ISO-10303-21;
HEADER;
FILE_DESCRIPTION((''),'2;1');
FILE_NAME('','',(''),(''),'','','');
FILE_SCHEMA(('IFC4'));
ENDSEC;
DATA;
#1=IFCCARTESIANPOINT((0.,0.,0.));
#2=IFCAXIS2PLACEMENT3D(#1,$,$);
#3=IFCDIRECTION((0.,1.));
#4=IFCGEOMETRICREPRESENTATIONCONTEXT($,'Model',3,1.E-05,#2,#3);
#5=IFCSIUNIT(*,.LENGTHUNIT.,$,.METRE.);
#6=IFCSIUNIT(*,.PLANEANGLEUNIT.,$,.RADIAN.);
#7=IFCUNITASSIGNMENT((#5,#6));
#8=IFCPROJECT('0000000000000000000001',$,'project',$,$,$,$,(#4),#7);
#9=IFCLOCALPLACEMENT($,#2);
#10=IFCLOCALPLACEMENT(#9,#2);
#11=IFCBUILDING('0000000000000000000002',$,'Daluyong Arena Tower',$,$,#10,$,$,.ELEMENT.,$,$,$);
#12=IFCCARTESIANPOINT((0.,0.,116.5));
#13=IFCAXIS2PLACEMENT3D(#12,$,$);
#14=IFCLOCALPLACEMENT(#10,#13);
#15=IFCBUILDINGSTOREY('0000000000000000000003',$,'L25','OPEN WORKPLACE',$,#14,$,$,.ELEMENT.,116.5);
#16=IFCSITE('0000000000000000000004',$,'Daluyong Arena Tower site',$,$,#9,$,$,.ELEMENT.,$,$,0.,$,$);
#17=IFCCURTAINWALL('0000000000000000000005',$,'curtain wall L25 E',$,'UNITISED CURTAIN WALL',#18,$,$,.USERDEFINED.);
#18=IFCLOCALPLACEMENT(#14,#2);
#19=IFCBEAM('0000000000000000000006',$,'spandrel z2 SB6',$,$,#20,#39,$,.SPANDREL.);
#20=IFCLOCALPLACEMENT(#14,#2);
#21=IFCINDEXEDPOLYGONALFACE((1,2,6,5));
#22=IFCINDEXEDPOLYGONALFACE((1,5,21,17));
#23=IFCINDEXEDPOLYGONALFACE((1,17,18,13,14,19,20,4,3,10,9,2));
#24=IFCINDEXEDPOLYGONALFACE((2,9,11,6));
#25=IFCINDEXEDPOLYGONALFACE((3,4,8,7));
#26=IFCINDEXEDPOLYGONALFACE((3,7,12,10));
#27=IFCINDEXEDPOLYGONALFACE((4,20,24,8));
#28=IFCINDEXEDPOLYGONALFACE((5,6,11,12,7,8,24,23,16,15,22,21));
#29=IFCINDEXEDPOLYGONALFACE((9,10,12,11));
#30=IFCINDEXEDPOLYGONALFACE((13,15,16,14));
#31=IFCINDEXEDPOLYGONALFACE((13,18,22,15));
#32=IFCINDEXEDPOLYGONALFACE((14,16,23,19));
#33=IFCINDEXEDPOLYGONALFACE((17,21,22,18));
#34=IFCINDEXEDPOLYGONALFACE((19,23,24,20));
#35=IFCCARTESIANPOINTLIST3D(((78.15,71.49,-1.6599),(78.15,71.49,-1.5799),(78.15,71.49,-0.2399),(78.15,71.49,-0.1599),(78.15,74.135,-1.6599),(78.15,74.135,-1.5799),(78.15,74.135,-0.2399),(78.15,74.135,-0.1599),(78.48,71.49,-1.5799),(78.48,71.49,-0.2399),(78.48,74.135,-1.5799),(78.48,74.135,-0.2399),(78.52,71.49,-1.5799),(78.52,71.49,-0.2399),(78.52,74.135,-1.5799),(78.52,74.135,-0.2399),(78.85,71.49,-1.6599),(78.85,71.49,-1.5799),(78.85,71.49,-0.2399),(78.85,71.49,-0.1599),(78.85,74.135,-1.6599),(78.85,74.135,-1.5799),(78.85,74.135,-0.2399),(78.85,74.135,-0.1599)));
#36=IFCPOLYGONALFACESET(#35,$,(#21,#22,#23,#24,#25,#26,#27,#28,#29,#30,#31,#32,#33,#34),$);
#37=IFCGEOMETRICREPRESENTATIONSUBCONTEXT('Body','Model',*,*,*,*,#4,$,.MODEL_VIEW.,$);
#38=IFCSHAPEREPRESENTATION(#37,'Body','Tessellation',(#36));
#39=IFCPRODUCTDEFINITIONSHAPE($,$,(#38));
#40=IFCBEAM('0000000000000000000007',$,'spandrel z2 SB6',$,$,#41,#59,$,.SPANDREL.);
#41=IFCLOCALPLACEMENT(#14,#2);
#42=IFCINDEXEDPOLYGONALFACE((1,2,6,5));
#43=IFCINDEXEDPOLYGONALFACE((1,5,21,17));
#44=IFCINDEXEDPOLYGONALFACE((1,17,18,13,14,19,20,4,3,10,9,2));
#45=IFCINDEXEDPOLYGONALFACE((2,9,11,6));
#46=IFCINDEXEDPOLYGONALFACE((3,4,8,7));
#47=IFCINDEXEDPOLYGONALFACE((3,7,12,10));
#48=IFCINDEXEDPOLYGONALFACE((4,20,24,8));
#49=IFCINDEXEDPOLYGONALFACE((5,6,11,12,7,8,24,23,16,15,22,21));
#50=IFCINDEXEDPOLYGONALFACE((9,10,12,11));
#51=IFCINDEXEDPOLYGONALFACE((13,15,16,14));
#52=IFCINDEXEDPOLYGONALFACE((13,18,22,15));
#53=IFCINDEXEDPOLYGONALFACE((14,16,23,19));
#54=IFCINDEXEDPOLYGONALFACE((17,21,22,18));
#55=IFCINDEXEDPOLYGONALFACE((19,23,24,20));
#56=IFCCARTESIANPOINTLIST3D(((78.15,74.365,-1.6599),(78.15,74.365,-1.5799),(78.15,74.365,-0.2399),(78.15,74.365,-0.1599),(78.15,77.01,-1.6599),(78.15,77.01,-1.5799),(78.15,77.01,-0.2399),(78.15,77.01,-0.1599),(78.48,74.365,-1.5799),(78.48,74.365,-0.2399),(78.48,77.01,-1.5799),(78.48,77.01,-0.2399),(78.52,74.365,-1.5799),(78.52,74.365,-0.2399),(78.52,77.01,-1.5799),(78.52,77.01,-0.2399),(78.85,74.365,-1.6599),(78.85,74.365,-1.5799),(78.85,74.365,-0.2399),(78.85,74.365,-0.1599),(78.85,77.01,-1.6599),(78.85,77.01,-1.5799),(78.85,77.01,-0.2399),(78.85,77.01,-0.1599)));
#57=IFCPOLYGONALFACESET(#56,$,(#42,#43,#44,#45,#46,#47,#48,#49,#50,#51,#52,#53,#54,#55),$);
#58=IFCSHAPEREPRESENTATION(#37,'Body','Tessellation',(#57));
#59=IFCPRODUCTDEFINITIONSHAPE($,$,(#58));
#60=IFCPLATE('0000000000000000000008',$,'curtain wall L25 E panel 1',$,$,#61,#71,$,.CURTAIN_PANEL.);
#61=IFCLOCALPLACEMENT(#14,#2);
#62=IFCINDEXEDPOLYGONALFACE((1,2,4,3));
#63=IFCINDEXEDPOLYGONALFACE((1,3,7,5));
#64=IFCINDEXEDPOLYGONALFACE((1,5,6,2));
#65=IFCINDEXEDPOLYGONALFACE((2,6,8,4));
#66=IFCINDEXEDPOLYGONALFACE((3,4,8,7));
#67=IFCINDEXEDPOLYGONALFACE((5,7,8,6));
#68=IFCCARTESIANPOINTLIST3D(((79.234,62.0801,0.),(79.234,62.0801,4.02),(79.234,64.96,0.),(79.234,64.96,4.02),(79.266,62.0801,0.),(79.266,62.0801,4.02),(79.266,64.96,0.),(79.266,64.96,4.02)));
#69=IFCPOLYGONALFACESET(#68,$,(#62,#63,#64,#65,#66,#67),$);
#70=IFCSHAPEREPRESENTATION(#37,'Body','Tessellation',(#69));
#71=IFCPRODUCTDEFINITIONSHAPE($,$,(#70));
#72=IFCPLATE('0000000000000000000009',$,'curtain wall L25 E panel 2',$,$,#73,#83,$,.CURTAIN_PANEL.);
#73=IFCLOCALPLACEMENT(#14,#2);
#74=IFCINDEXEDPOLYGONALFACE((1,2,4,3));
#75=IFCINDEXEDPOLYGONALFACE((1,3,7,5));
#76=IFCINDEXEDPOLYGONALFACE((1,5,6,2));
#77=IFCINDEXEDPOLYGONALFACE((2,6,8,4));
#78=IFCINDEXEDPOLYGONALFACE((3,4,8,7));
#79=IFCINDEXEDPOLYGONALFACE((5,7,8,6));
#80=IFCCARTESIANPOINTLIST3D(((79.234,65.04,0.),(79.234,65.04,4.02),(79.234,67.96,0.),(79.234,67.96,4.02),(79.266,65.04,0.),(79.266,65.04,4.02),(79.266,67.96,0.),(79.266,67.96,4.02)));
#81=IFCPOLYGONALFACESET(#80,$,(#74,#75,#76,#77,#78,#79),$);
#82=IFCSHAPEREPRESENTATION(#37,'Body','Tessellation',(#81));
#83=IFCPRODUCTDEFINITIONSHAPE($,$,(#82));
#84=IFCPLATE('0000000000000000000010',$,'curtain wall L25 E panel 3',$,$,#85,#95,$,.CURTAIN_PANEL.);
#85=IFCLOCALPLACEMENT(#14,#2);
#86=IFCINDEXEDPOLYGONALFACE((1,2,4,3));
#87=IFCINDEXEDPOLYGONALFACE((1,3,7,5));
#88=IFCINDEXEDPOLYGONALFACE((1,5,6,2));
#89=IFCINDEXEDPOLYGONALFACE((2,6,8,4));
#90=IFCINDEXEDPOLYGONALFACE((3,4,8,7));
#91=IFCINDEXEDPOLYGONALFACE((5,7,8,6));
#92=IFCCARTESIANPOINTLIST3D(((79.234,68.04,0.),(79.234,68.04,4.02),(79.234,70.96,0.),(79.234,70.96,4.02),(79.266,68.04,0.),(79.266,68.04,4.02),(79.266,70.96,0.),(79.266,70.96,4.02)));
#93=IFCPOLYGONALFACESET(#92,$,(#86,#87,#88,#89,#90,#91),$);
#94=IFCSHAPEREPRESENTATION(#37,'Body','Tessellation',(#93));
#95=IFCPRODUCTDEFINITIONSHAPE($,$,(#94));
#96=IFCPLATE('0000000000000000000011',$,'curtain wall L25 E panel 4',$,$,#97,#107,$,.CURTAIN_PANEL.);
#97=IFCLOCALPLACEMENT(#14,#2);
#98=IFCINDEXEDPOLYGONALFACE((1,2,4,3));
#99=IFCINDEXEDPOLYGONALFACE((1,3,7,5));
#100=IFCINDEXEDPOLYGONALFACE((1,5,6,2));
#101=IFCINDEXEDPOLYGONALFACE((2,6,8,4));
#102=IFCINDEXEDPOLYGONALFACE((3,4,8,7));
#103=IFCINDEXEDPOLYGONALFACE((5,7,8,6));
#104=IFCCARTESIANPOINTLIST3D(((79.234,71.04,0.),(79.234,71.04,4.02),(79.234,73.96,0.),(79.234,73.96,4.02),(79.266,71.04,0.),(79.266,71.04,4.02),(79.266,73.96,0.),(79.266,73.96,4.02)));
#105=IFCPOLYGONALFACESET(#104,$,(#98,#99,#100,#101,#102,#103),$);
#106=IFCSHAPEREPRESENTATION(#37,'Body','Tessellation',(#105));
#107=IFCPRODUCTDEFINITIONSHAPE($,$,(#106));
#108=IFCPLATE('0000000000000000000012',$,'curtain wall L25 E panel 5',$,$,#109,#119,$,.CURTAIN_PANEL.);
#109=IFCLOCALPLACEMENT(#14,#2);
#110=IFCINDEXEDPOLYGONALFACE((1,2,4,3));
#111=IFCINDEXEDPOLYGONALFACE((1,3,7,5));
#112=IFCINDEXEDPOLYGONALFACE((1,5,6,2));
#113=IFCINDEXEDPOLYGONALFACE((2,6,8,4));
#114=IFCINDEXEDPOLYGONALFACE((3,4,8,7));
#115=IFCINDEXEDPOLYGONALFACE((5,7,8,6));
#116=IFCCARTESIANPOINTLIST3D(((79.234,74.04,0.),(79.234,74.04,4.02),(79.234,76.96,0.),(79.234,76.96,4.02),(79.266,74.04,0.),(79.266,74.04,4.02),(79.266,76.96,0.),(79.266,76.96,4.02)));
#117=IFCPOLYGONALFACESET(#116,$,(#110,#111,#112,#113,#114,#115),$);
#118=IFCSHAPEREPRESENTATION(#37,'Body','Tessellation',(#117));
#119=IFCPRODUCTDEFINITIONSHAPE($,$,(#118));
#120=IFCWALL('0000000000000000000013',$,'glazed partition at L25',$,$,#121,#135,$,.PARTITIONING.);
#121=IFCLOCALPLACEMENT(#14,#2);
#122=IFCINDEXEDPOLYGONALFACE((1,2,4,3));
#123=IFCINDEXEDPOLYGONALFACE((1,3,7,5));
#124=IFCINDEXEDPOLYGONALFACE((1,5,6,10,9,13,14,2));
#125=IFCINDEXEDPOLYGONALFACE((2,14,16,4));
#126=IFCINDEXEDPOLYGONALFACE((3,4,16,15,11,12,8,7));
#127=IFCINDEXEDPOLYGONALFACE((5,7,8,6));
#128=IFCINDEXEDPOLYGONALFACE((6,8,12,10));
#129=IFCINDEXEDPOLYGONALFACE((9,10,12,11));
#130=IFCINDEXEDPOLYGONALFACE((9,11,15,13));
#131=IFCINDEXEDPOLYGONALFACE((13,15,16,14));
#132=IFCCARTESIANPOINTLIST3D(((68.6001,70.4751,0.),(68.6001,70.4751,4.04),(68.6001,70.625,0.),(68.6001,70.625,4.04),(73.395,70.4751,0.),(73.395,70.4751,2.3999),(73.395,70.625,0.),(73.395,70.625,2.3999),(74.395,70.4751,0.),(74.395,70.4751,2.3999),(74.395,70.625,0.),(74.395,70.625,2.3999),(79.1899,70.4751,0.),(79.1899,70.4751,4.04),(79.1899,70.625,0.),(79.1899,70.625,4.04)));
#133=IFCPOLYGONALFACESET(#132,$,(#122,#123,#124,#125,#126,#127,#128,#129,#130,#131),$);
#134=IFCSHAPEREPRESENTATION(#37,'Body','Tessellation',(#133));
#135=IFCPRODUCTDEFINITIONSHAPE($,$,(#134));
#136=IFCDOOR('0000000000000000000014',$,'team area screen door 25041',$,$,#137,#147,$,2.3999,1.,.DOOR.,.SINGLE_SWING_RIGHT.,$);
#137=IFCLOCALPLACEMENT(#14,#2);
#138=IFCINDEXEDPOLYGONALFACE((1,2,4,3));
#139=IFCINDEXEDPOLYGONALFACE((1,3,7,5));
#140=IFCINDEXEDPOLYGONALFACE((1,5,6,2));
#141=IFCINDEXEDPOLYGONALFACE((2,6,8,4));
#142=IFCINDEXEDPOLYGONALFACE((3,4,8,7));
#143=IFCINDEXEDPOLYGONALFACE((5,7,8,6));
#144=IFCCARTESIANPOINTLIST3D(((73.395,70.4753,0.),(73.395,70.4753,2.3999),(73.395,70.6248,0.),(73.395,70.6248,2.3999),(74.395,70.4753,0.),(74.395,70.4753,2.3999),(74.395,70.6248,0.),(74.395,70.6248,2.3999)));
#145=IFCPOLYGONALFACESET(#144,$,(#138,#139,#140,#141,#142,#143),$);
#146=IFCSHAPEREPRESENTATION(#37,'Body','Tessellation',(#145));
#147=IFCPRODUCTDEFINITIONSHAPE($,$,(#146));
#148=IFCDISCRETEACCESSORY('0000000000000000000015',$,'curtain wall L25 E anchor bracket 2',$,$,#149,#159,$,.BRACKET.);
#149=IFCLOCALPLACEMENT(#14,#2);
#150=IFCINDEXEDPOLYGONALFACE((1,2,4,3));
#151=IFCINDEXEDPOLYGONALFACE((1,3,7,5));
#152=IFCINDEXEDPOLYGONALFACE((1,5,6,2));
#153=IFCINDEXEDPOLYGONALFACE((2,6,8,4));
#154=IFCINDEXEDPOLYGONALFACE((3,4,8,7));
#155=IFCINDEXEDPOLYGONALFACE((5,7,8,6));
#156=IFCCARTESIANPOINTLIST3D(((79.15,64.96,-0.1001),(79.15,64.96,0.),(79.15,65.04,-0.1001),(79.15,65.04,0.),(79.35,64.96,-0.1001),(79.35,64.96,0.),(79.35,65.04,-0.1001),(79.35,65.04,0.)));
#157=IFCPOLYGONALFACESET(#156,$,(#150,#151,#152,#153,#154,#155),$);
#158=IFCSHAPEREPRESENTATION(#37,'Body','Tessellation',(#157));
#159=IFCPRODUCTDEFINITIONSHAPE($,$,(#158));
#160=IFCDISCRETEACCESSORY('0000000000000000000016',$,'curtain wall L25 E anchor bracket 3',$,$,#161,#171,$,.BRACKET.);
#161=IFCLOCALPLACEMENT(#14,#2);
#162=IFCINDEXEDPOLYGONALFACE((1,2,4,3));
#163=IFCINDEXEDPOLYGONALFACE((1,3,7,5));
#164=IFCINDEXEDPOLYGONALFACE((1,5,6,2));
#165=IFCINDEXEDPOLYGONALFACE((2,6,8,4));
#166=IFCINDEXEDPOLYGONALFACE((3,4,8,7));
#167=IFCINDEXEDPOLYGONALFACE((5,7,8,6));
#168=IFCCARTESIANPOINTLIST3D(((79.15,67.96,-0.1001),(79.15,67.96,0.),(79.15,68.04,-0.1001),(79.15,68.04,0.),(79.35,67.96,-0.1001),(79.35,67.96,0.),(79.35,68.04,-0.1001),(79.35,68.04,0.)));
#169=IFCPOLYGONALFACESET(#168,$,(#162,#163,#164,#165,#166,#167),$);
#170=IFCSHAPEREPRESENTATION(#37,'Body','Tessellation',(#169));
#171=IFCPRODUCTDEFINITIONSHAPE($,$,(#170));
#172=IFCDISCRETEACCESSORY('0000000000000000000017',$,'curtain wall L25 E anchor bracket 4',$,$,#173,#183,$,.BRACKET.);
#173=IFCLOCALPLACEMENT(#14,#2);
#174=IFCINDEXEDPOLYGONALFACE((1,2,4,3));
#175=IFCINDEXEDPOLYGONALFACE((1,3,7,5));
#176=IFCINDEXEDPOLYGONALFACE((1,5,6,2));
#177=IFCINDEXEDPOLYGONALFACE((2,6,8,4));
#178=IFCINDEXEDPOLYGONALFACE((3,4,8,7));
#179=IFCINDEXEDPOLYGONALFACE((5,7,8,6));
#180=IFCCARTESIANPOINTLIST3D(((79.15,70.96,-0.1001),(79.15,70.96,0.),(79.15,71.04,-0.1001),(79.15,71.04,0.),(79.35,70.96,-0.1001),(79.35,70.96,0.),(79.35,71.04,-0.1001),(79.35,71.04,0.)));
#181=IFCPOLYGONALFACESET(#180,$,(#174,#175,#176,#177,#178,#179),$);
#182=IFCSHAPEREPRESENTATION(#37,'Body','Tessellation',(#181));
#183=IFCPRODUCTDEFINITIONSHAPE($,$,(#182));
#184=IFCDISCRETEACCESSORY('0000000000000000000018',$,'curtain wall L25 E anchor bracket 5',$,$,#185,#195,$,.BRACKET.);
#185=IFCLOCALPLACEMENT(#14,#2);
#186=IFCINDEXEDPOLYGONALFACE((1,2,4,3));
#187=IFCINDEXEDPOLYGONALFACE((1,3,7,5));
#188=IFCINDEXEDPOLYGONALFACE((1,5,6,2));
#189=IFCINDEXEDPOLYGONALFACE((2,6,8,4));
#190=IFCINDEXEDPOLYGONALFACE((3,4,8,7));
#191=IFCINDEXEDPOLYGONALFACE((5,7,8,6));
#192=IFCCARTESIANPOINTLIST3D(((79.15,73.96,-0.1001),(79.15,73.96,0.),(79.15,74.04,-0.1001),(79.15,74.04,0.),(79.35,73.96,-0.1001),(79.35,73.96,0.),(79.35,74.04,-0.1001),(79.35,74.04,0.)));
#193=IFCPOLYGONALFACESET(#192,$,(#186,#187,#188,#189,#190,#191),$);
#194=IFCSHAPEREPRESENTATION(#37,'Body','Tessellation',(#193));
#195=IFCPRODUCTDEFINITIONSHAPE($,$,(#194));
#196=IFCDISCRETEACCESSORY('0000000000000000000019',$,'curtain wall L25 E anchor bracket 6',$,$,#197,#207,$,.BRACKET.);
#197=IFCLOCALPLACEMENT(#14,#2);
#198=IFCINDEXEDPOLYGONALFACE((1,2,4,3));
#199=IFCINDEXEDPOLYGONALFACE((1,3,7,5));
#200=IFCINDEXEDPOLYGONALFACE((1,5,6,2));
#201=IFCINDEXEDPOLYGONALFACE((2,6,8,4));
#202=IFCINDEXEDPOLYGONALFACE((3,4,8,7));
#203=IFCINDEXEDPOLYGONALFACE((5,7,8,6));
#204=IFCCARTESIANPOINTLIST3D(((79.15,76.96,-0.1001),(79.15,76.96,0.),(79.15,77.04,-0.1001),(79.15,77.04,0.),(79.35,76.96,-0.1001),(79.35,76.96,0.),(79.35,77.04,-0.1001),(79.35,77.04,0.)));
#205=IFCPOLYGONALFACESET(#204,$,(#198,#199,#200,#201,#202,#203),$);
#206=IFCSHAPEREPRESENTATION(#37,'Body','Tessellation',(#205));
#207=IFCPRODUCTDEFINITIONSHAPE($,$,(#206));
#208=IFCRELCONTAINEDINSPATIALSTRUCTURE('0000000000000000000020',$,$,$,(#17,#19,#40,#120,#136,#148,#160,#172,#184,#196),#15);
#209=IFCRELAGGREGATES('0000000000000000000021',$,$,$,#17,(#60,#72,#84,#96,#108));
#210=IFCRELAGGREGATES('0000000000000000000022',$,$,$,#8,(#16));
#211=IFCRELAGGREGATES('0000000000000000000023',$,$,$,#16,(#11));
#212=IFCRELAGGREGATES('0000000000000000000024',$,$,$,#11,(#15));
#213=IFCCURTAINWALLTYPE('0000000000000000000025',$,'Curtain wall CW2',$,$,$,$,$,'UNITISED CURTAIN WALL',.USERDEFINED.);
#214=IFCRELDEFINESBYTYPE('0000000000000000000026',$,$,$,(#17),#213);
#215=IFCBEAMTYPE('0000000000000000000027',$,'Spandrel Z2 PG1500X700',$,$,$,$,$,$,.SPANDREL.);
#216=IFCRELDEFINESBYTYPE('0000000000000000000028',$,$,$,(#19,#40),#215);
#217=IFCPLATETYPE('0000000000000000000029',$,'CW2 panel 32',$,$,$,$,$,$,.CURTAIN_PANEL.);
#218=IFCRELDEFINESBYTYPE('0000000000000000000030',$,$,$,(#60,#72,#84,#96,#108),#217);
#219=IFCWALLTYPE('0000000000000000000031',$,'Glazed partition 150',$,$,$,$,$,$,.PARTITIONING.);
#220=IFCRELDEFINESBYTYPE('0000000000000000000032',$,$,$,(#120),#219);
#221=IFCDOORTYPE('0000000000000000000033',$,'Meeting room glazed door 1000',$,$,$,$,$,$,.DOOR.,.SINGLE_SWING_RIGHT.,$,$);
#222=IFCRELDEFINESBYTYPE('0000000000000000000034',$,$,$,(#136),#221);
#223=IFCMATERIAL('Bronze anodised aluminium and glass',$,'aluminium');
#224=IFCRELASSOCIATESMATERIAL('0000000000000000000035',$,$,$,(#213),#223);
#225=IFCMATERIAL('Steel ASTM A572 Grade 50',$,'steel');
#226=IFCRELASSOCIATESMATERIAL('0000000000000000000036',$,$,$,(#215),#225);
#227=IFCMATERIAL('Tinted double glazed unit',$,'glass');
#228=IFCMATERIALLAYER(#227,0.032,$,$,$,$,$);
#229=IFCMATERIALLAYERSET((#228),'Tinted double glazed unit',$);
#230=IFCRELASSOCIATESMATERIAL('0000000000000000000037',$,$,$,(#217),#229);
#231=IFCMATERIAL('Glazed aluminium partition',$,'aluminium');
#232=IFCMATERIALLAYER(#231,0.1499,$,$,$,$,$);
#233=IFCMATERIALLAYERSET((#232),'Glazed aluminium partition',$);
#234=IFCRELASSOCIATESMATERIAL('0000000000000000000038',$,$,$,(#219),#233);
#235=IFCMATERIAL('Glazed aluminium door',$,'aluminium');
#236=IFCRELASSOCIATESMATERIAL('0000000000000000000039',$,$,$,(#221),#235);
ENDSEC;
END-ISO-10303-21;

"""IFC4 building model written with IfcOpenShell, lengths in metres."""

from ifc_helpers import new_model, si_unit, direction, frame, frame_2d, origin, origin_2d, place, context, subcontext, project, spatial, rectangle, i_section, extrude, material, layer, layer_set, material_profile, profile_set, type_object, element, fill, aggregate, save


model = new_model("IFC4")

# Units and contexts
model_context = context("Model", 3, precision=1e-05, world=origin(), true_north=direction((0.0, 1.0)))
body_context = subcontext(model_context, "Body", "Model", "MODEL_VIEW")
ifc_project = project(units=[si_unit("LENGTHUNIT", "METRE"), si_unit("PLANEANGLEUNIT", "RADIAN")], contexts=[model_context])

# Site, building, storey
site_placement = place(None, origin())
site = spatial("IfcSite", under=ifc_project, at=site_placement, Name="Daluyong Arena Tower site", CompositionType="ELEMENT", RefElevation=0.0)
building_placement = place(site_placement, origin())
building = spatial("IfcBuilding", under=site, at=building_placement, Name="Daluyong Arena Tower", CompositionType="ELEMENT")
storey_placement = place(building_placement, frame((0.0, 0.0, 116.5)))
storey = spatial("IfcBuildingStorey", under=building, at=storey_placement, Name="L25", Description="OPEN WORKPLACE", CompositionType="ELEMENT", Elevation=116.5)

# Curtain wall
ifc_material_1 = material(Name="Bronze anodised aluminium and glass", Category="aluminium")
curtain_wall_type = type_object("IfcCurtainWallType", Name="Curtain wall CW2", ElementType="UNITISED CURTAIN WALL", PredefinedType="USERDEFINED", material=ifc_material_1)
curtain_wall_placement = place(storey_placement, origin())
curtain_wall = element("IfcCurtainWall", 1, at=curtain_wall_placement, inside=storey, type_object=curtain_wall_type, Name="curtain wall L25 E", ObjectType="UNITISED CURTAIN WALL", PredefinedType="USERDEFINED")

# Beams
ifc_material_2 = material(Name="Steel ASTM A572 Grade 50", Category="steel")
ifc_material_profile_1 = material_profile(ifc_material_2, i_section(OverallWidth=0.7, OverallDepth=1.5, WebThickness=0.04, FlangeThickness=0.08, at=origin_2d()))
ifc_profile_set_1 = profile_set([ifc_material_profile_1], Name="Steel ASTM A572 Grade 50")
beam_type_1 = type_object("IfcBeamType", Name="Spandrel Z2 PG1500X700", PredefinedType="SPANDREL", material=ifc_profile_set_1)
for number, where, z_axis, x_axis, name in (
    (2, (78.5, 71.49, -0.9099), (0.0, 1.0, 0.0), (-1.0, 0.0, 0.0), "spandrel z2 SB6"),
    (3, (78.5, 74.365, -0.9099), (0.0, 1.0, 0.0), (-1.0, 0.0, 0.0), "spandrel z2 SB6"),
):
    element("IfcBeam", number, at=place(storey_placement, frame(where, z_axis=z_axis, x_axis=x_axis)), inside=storey, type_object=beam_type_1, Name=name, PredefinedType="SPANDREL", context=body_context, shape_type="SweptSolid", body=[
        extrude(i_section(OverallWidth=0.7, OverallDepth=1.5, WebThickness=0.04, FlangeThickness=0.08, at=origin_2d()), origin(), (0.0, 0.0, 1.0), 2.645),
    ])

# Plates
ifc_material_3 = material(Name="Tinted double glazed unit", Category="glass")
ifc_layer_1 = layer(ifc_material_3, 0.032)
ifc_layer_set_1 = layer_set([ifc_layer_1], Name="Tinted double glazed unit")
plate_type = type_object("IfcPlateType", Name="CW2 panel 32", PredefinedType="CURTAIN_PANEL", material=ifc_layer_set_1)
plate_1_placement = place(storey_placement, frame((79.25, 63.52, 0.0), z_axis=(0.0, 0.0, 1.0), x_axis=(0.0, 1.0, 0.0)))
plate_1 = element("IfcPlate", 4, at=plate_1_placement, type_object=plate_type, Name="curtain wall L25 E panel 1", PredefinedType="CURTAIN_PANEL", context=body_context, shape_type="SweptSolid", body=[
    extrude(rectangle(XDim=2.8799, YDim=0.032, at=origin_2d()), origin(), (0.0, 0.0, 1.0), 4.02),
])
plate_2_placement = place(storey_placement, frame((79.25, 66.5, 0.0), z_axis=(0.0, 0.0, 1.0), x_axis=(0.0, 1.0, 0.0)))
plate_2 = element("IfcPlate", 5, at=plate_2_placement, type_object=plate_type, Name="curtain wall L25 E panel 2", PredefinedType="CURTAIN_PANEL", context=body_context, shape_type="SweptSolid", body=[
    extrude(rectangle(XDim=2.9199, YDim=0.032, at=origin_2d()), origin(), (0.0, 0.0, 1.0), 4.02),
])
plate_3_placement = place(storey_placement, frame((79.25, 69.5, 0.0), z_axis=(0.0, 0.0, 1.0), x_axis=(0.0, 1.0, 0.0)))
plate_3 = element("IfcPlate", 6, at=plate_3_placement, type_object=plate_type, Name="curtain wall L25 E panel 3", PredefinedType="CURTAIN_PANEL", context=body_context, shape_type="SweptSolid", body=[
    extrude(rectangle(XDim=2.9199, YDim=0.032, at=origin_2d()), origin(), (0.0, 0.0, 1.0), 4.02),
])
plate_4_placement = place(storey_placement, frame((79.25, 72.5, 0.0), z_axis=(0.0, 0.0, 1.0), x_axis=(0.0, 1.0, 0.0)))
plate_4 = element("IfcPlate", 7, at=plate_4_placement, type_object=plate_type, Name="curtain wall L25 E panel 4", PredefinedType="CURTAIN_PANEL", context=body_context, shape_type="SweptSolid", body=[
    extrude(rectangle(XDim=2.9199, YDim=0.032, at=origin_2d()), origin(), (0.0, 0.0, 1.0), 4.02),
])
plate_5_placement = place(storey_placement, frame((79.25, 75.5, 0.0), z_axis=(0.0, 0.0, 1.0), x_axis=(0.0, 1.0, 0.0)))
plate_5 = element("IfcPlate", 8, at=plate_5_placement, type_object=plate_type, Name="curtain wall L25 E panel 5", PredefinedType="CURTAIN_PANEL", context=body_context, shape_type="SweptSolid", body=[
    extrude(rectangle(XDim=2.9199, YDim=0.032, at=origin_2d()), origin(), (0.0, 0.0, 1.0), 4.02),
])
aggregate(curtain_wall, [plate_1, plate_2, plate_3, plate_4, plate_5])

# Wall, opening, door
ifc_material_4 = material(Name="Glazed aluminium partition", Category="aluminium")
ifc_layer_2 = layer(ifc_material_4, 0.1499)
ifc_layer_set_2 = layer_set([ifc_layer_2], Name="Glazed aluminium partition")
wall_type = type_object("IfcWallType", Name="Glazed partition 150", PredefinedType="PARTITIONING", material=ifc_layer_set_2)
wall_placement = place(storey_placement, frame((68.6001, 70.55, 0.0), z_axis=(0.0, 0.0, 1.0), x_axis=(1.0, 0.0, 0.0)))
wall = element("IfcWall", 9, at=wall_placement, inside=storey, type_object=wall_type, Name="glazed partition at L25", PredefinedType="PARTITIONING", context=body_context, shape_type="SweptSolid", body=[
    extrude(rectangle(XDim=10.5898, YDim=0.1499, at=frame_2d((5.2949, 0.0))), origin(), (0.0, 0.0, 1.0), 4.04),
])
opening_placement = place(wall_placement, frame((4.7949, 0.0, 0.0)))
opening = element("IfcOpeningElement", 10, at=opening_placement, cuts=wall, PredefinedType="OPENING", context=body_context, shape_type="SweptSolid", body=[
    extrude(rectangle(XDim=1.0, YDim=2.3999, at=frame_2d((0.5, 1.2))), frame((0.0, 0.085, 0.0), z_axis=(0.0, -1.0, 0.0), x_axis=(1.0, 0.0, 0.0)), (0.0, 0.0, 1.0), 0.1699),
])
ifc_material_5 = material(Name="Glazed aluminium door", Category="aluminium")
door_type = type_object("IfcDoorType", Name="Meeting room glazed door 1000", OperationType="SINGLE_SWING_RIGHT", PredefinedType="DOOR", material=ifc_material_5)
door_placement = place(opening_placement, origin())
door = element("IfcDoor", 11, at=door_placement, inside=storey, type_object=door_type, Name="team area screen door 25041", OperationType="SINGLE_SWING_RIGHT", OverallHeight=2.3999, OverallWidth=1.0, PredefinedType="DOOR", context=body_context, shape_type="SweptSolid", body=[
    extrude(rectangle(XDim=1.0, YDim=2.3999, at=frame_2d((0.5, 1.2))), frame((0.0, 0.0747, 0.0), z_axis=(0.0, -1.0, 0.0), x_axis=(1.0, 0.0, 0.0)), (0.0, 0.0, 1.0), 0.1494),
])
fill(opening, door)

# Discrete accessories
for number, where, z_axis, x_axis, name in (
    (12, (79.25, 65.0, -0.1001), (0.0, 0.0, 1.0), (0.0, 1.0, 0.0), "curtain wall L25 E anchor bracket 2"),
    (13, (79.25, 68.0, -0.1001), (0.0, 0.0, 1.0), (0.0, 1.0, 0.0), "curtain wall L25 E anchor bracket 3"),
    (14, (79.25, 71.0, -0.1001), (0.0, 0.0, 1.0), (0.0, 1.0, 0.0), "curtain wall L25 E anchor bracket 4"),
    (15, (79.25, 74.0, -0.1001), (0.0, 0.0, 1.0), (0.0, 1.0, 0.0), "curtain wall L25 E anchor bracket 5"),
    (16, (79.25, 77.0, -0.1001), (0.0, 0.0, 1.0), (0.0, 1.0, 0.0), "curtain wall L25 E anchor bracket 6"),
):
    element("IfcDiscreteAccessory", number, at=place(storey_placement, frame(where, z_axis=z_axis, x_axis=x_axis)), inside=storey, Name=name, PredefinedType="BRACKET", context=body_context, shape_type="SweptSolid", body=[
        extrude(rectangle(XDim=0.0801, YDim=0.2, at=origin_2d()), origin(), (0.0, 0.0, 1.0), 0.1001),
    ])

save(model, "model.ifc")
